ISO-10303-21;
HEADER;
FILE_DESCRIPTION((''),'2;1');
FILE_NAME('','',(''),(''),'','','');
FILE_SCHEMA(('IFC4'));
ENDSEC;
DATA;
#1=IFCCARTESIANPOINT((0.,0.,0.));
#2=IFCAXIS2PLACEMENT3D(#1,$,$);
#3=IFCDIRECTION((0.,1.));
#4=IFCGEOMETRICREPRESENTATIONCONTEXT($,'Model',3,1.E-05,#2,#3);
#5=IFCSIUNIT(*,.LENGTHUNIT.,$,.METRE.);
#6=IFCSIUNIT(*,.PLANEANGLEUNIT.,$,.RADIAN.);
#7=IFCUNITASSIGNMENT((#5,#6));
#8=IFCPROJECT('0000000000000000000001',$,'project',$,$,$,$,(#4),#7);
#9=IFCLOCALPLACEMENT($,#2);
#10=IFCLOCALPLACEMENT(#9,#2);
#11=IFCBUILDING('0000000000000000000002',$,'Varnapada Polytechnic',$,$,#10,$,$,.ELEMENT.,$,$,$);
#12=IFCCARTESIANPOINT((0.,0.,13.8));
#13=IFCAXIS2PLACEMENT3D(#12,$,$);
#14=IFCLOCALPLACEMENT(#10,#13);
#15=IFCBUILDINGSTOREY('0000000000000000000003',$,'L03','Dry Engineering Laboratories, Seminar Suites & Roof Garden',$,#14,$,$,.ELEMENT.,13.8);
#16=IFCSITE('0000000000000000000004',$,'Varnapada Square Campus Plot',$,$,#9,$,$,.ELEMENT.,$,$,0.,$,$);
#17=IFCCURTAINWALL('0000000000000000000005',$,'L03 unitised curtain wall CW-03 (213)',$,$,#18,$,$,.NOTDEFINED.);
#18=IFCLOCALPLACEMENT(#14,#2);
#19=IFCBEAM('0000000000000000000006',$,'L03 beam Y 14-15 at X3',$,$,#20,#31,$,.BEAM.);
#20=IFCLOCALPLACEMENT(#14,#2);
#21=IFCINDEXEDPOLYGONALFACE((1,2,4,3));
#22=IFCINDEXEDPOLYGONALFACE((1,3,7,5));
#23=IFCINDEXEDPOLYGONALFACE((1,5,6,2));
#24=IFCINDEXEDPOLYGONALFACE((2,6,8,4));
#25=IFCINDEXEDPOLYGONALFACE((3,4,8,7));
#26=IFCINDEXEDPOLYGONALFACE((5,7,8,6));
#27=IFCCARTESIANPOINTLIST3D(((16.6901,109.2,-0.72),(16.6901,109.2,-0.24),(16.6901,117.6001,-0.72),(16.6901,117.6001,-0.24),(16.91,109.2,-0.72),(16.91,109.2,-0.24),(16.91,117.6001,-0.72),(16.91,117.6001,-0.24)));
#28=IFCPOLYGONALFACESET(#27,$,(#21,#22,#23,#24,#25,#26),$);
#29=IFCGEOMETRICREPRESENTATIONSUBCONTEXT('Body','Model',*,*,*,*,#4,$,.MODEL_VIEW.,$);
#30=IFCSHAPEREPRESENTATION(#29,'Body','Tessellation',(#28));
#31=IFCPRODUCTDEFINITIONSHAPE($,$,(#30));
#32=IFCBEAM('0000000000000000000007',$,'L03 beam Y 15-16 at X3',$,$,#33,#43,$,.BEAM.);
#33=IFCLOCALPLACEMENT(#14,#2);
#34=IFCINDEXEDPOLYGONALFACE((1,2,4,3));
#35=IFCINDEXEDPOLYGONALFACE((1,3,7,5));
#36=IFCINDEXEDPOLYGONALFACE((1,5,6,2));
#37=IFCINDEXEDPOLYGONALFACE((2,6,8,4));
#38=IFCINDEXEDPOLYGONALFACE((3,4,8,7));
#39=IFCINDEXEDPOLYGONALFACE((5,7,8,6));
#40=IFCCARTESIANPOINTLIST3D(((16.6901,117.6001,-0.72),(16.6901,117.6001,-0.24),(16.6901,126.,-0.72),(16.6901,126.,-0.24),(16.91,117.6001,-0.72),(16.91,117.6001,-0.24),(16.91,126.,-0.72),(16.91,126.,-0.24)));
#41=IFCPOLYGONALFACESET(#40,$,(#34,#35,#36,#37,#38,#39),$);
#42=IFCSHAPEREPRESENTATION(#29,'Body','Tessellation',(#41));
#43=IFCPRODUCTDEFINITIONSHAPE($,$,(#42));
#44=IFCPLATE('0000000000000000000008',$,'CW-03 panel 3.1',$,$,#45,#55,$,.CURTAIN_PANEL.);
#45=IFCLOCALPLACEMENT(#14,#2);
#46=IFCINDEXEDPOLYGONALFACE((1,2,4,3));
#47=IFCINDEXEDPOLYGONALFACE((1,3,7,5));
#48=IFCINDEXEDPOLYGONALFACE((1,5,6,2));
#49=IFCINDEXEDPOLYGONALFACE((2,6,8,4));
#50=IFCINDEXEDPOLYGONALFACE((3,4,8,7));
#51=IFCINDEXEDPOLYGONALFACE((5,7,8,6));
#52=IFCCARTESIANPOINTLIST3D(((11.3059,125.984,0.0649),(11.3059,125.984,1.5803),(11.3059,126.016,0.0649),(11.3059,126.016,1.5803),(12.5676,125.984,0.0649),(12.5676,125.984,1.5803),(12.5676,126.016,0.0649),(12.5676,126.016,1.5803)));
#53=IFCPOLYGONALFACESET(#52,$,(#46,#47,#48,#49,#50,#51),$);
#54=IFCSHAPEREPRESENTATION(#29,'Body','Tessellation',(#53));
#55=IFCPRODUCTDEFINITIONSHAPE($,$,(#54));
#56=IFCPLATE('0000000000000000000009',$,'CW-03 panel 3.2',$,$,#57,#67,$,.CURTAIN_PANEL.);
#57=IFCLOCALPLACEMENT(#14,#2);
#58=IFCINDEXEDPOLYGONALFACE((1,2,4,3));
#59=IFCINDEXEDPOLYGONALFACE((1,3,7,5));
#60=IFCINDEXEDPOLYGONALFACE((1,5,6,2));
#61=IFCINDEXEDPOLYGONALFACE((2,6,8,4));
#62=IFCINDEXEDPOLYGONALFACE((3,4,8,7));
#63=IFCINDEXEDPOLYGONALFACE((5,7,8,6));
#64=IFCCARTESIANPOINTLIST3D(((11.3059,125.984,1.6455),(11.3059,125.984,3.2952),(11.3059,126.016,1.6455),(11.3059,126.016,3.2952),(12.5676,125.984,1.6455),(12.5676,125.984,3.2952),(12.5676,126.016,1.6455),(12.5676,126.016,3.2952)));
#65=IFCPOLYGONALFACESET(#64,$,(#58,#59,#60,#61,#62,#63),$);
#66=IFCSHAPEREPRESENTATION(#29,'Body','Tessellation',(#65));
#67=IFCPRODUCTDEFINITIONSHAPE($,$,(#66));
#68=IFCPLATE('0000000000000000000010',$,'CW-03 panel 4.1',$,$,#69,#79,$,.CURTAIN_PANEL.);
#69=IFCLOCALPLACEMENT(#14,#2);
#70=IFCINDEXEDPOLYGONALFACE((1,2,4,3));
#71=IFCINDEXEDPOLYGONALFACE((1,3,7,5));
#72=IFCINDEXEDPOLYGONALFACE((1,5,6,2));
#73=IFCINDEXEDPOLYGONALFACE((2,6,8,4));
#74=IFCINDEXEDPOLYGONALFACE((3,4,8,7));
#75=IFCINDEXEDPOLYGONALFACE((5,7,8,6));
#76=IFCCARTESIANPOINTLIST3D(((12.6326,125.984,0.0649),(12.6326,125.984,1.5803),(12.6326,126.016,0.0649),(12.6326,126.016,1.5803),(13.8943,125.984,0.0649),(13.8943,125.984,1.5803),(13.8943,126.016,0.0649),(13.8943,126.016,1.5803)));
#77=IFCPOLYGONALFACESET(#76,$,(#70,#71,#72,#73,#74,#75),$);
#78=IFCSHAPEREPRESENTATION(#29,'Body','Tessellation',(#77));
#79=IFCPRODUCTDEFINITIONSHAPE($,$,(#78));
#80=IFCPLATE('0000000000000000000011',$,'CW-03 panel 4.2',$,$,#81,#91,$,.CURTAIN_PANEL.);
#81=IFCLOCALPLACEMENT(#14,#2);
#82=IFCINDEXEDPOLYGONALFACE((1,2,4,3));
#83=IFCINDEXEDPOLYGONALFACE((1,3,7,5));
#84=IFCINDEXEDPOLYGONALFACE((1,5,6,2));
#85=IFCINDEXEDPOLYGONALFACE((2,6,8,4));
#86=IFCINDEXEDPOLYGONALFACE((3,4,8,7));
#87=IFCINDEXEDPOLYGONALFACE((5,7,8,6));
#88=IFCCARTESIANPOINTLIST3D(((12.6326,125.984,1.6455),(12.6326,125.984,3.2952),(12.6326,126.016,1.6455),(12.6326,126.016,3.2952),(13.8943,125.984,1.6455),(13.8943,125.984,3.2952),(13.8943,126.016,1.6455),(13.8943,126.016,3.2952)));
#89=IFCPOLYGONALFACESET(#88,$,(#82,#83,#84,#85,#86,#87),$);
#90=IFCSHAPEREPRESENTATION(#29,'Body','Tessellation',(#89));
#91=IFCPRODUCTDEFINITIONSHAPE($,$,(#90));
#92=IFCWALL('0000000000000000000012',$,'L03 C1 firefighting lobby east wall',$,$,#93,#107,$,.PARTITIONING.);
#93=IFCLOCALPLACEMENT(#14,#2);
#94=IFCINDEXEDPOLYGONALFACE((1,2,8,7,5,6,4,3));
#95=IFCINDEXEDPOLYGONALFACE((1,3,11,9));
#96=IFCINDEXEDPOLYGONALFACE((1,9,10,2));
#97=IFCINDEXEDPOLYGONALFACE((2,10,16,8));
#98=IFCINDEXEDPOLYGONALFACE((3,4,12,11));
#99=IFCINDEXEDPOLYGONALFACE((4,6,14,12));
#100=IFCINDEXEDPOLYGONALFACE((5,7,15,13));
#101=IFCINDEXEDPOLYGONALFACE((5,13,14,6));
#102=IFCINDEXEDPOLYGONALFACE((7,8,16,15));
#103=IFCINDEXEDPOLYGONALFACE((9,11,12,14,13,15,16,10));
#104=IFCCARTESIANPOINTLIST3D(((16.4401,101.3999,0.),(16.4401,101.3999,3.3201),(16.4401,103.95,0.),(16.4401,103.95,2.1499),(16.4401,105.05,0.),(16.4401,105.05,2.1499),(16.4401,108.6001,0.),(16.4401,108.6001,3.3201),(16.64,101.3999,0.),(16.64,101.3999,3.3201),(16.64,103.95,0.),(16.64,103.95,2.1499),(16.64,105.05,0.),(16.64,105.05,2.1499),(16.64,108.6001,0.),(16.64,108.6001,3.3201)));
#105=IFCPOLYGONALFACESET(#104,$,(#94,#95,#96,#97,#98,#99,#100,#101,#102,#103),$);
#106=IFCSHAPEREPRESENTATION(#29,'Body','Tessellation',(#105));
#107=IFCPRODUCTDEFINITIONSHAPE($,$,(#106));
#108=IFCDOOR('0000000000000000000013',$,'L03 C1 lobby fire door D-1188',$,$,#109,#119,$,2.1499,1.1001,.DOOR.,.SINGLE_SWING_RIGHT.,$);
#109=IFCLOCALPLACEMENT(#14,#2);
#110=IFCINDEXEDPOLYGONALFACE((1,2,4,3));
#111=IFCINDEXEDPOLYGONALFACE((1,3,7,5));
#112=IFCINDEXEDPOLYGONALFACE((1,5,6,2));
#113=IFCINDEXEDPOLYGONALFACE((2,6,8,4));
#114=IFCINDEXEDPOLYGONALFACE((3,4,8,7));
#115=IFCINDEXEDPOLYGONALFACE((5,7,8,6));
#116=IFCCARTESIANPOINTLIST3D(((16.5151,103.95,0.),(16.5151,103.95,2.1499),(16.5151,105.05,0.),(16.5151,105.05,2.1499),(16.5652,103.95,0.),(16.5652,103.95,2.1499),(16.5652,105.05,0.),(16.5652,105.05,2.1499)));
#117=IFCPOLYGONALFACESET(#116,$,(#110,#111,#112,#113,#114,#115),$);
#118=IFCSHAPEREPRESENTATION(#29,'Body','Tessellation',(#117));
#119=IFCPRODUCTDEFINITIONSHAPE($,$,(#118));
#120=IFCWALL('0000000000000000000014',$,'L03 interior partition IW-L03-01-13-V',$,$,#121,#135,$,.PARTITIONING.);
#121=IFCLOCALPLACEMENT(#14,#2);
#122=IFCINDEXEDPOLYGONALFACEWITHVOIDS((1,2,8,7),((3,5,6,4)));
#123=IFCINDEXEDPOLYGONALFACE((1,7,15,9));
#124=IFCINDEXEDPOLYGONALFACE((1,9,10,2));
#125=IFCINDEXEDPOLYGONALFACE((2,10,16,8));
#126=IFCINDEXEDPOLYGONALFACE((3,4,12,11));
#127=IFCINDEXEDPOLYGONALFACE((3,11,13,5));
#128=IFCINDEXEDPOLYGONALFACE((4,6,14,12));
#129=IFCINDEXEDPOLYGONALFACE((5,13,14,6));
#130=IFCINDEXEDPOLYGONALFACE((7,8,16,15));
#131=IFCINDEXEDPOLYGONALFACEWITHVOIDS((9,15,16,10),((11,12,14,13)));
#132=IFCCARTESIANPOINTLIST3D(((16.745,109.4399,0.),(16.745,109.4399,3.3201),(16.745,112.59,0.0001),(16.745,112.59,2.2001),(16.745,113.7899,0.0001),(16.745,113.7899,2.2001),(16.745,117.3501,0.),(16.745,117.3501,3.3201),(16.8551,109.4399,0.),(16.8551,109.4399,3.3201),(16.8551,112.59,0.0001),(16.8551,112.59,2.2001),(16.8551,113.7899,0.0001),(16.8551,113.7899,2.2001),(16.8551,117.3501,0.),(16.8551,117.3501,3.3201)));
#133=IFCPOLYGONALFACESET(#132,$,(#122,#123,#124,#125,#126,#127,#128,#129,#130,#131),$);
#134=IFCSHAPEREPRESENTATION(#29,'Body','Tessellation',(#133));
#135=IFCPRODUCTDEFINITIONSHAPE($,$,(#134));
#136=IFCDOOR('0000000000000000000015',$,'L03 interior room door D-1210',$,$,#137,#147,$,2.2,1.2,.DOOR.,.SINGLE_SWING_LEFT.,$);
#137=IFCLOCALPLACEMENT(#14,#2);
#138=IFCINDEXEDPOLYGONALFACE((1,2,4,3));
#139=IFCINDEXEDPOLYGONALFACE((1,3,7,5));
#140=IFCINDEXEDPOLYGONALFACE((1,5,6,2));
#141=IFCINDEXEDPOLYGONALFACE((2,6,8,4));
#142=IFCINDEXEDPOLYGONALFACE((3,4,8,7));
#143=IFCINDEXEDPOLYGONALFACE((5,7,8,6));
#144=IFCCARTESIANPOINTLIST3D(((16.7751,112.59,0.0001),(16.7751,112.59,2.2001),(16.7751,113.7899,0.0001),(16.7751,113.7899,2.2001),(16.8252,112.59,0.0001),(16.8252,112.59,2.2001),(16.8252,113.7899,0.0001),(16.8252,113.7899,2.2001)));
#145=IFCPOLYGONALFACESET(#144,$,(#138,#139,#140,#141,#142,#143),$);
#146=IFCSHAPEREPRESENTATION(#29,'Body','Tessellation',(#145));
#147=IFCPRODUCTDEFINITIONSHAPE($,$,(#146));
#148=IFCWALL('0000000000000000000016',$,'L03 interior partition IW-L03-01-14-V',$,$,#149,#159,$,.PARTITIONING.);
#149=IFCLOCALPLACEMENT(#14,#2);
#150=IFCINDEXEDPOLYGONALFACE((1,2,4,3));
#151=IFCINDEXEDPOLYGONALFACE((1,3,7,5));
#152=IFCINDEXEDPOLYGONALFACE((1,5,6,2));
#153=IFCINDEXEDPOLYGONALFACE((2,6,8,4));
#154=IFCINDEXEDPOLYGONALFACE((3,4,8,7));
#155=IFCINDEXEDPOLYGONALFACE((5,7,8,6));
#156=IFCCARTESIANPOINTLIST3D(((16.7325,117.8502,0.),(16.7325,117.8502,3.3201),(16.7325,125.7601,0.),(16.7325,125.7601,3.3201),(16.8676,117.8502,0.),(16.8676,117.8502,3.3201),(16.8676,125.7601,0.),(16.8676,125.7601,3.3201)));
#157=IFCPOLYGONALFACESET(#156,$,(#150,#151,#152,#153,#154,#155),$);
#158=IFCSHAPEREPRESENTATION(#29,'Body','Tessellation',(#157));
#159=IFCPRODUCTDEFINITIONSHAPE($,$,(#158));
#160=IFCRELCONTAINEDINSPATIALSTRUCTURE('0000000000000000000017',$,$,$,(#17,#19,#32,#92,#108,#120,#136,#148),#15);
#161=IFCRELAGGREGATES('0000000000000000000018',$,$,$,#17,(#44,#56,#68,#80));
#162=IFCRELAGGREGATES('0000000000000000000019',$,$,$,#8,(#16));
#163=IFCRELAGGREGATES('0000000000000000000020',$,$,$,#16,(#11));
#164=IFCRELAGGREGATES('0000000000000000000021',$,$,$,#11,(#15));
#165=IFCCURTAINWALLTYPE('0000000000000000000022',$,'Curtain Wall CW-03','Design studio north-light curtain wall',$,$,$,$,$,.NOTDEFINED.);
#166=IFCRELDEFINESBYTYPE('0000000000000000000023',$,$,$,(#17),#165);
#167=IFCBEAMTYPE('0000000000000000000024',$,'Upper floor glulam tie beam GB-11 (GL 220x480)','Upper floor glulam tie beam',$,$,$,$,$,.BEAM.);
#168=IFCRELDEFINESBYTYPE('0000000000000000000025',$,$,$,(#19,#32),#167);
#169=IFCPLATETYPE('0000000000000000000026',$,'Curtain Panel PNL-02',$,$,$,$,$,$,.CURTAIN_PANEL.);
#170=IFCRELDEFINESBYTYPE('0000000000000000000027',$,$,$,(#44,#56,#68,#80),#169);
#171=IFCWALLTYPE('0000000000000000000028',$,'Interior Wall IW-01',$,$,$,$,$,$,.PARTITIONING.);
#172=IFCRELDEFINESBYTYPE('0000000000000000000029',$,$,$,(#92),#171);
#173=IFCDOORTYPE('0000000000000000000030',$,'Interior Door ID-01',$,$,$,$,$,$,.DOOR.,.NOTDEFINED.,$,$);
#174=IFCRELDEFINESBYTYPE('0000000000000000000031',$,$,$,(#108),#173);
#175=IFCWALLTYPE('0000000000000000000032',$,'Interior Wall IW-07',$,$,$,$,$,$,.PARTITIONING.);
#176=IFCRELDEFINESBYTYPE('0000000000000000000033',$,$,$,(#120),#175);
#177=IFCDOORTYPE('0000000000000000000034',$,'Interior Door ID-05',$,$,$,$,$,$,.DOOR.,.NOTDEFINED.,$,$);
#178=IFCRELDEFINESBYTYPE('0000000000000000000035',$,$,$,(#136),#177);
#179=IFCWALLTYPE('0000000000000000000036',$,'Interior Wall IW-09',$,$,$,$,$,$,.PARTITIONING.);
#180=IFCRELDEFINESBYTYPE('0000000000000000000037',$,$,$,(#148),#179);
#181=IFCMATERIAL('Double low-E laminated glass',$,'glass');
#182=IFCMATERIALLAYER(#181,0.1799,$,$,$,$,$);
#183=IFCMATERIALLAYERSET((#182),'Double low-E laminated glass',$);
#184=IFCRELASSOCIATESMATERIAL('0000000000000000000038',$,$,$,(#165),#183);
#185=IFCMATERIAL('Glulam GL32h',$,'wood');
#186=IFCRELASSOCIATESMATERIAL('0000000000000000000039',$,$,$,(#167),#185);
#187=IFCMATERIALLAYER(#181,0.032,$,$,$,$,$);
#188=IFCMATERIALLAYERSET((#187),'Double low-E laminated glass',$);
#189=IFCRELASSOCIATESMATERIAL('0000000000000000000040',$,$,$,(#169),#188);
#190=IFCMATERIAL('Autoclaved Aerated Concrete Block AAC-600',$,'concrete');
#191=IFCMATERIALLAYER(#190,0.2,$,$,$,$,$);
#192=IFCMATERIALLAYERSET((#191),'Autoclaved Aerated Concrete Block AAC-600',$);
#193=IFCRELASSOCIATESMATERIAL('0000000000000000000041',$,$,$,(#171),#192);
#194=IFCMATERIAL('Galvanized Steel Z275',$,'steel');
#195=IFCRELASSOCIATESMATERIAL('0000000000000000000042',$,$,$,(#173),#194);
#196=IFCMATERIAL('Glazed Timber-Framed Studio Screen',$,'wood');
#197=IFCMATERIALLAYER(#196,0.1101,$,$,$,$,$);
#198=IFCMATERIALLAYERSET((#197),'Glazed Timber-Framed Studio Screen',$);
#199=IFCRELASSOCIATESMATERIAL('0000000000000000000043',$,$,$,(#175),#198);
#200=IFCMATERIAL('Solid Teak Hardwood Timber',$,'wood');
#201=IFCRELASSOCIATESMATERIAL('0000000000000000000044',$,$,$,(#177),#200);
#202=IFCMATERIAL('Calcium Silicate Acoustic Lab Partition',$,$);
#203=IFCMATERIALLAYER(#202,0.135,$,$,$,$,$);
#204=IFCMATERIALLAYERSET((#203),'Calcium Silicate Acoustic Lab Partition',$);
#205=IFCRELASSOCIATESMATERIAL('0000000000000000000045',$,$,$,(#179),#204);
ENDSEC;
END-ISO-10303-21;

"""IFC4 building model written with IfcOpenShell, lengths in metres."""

from ifc_helpers import new_model, si_unit, direction, frame, frame_2d, origin, origin_2d, place, context, subcontext, project, spatial, rectangle, extrude, material, layer, layer_set, material_profile, profile_set, type_object, element, fill, aggregate, save


model = new_model("IFC4")

# Units and contexts
model_context = context("Model", 3, precision=1e-05, world=origin(), true_north=direction((0.0, 1.0)))
body_context = subcontext(model_context, "Body", "Model", "MODEL_VIEW")
ifc_project = project(units=[si_unit("LENGTHUNIT", "METRE"), si_unit("PLANEANGLEUNIT", "RADIAN")], contexts=[model_context])

# Site, building, storey
site_placement = place(None, origin())
site = spatial("IfcSite", under=ifc_project, at=site_placement, Name="Varnapada Square Campus Plot", CompositionType="ELEMENT", RefElevation=0.0)
building_placement = place(site_placement, origin())
building = spatial("IfcBuilding", under=site, at=building_placement, Name="Varnapada Polytechnic", CompositionType="ELEMENT")
storey_placement = place(building_placement, frame((0.0, 0.0, 13.8)))
storey = spatial("IfcBuildingStorey", under=building, at=storey_placement, Name="L03", Description="Dry Engineering Laboratories, Seminar Suites & Roof Garden", CompositionType="ELEMENT", Elevation=13.8)

# Shared definitions
ifc_material_1 = material(Name="Glulam GL32h", Category="wood")

# Curtain wall
ifc_material_2 = material(Name="Double low-E laminated glass", Category="glass")
ifc_layer_1 = layer(ifc_material_2, 0.1799)
ifc_layer_set_1 = layer_set([ifc_layer_1], Name="Double low-E laminated glass")
curtain_wall_type = type_object("IfcCurtainWallType", Name="Curtain Wall CW-03", Description="Design studio north-light curtain wall", PredefinedType="NOTDEFINED", material=ifc_layer_set_1)
curtain_wall_placement = place(storey_placement, origin())
curtain_wall = element("IfcCurtainWall", 1, at=curtain_wall_placement, inside=storey, type_object=curtain_wall_type, Name="L03 unitised curtain wall CW-03 (213)", PredefinedType="NOTDEFINED")

# Beams
ifc_material_profile_1 = material_profile(ifc_material_1, rectangle(XDim=0.22, YDim=0.48, at=origin_2d()), Name="GL 220x480")
ifc_profile_set_1 = profile_set([ifc_material_profile_1], Name="Glulam GL32h")
beam_type_1 = type_object("IfcBeamType", Name="Upper floor glulam tie beam GB-11 (GL 220x480)", Description="Upper floor glulam tie beam", PredefinedType="BEAM", material=ifc_profile_set_1)
beam_1_placement = place(storey_placement, frame((16.8, 109.2, -0.48), z_axis=(0.0, 1.0, 0.0), x_axis=(-1.0, 0.0, 0.0)))
element("IfcBeam", 2, at=beam_1_placement, inside=storey, type_object=beam_type_1, Name="L03 beam Y 14-15 at X3", PredefinedType="BEAM", context=body_context, shape_type="SweptSolid", body=[
    extrude(rectangle(XDim=0.22, YDim=0.48, at=origin_2d()), origin(), (0.0, 0.0, 1.0), 8.4001),
])
beam_2_placement = place(storey_placement, frame((16.8, 117.6001, -0.48), z_axis=(0.0, 1.0, 0.0), x_axis=(-1.0, 0.0, 0.0)))
element("IfcBeam", 3, at=beam_2_placement, inside=storey, type_object=beam_type_1, Name="L03 beam Y 15-16 at X3", PredefinedType="BEAM", context=body_context, shape_type="SweptSolid", body=[
    extrude(rectangle(XDim=0.22, YDim=0.48, at=origin_2d()), origin(), (0.0, 0.0, 1.0), 8.3999),
])

# Plates
ifc_layer_2 = layer(ifc_material_2, 0.032)
ifc_layer_set_2 = layer_set([ifc_layer_2], Name="Double low-E laminated glass")
plate_type = type_object("IfcPlateType", Name="Curtain Panel PNL-02", PredefinedType="CURTAIN_PANEL", material=ifc_layer_set_2)
plate_1_placement = place(storey_placement, frame((11.9368, 126.0, 0.0649), z_axis=(0.0, 0.0, 1.0), x_axis=(1.0, 0.0, 0.0)))
plate_1 = element("IfcPlate", 4, at=plate_1_placement, type_object=plate_type, Name="CW-03 panel 3.1", PredefinedType="CURTAIN_PANEL", context=body_context, shape_type="SweptSolid", body=[
    extrude(rectangle(XDim=1.2617, YDim=0.032, at=origin_2d()), origin(), (0.0, 0.0, 1.0), 1.5154),
])
plate_2_placement = place(storey_placement, frame((11.9368, 126.0, 1.6455), z_axis=(0.0, 0.0, 1.0), x_axis=(1.0, 0.0, 0.0)))
plate_2 = element("IfcPlate", 5, at=plate_2_placement, type_object=plate_type, Name="CW-03 panel 3.2", PredefinedType="CURTAIN_PANEL", context=body_context, shape_type="SweptSolid", body=[
    extrude(rectangle(XDim=1.2617, YDim=0.032, at=origin_2d()), origin(), (0.0, 0.0, 1.0), 1.6497),
])
plate_3_placement = place(storey_placement, frame((13.2634, 126.0, 0.0649), z_axis=(0.0, 0.0, 1.0), x_axis=(1.0, 0.0, 0.0)))
plate_3 = element("IfcPlate", 6, at=plate_3_placement, type_object=plate_type, Name="CW-03 panel 4.1", PredefinedType="CURTAIN_PANEL", context=body_context, shape_type="SweptSolid", body=[
    extrude(rectangle(XDim=1.2617, YDim=0.032, at=origin_2d()), origin(), (0.0, 0.0, 1.0), 1.5154),
])
plate_4_placement = place(storey_placement, frame((13.2634, 126.0, 1.6455), z_axis=(0.0, 0.0, 1.0), x_axis=(1.0, 0.0, 0.0)))
plate_4 = element("IfcPlate", 7, at=plate_4_placement, type_object=plate_type, Name="CW-03 panel 4.2", PredefinedType="CURTAIN_PANEL", context=body_context, shape_type="SweptSolid", body=[
    extrude(rectangle(XDim=1.2617, YDim=0.032, at=origin_2d()), origin(), (0.0, 0.0, 1.0), 1.6497),
])
aggregate(curtain_wall, [plate_1, plate_2, plate_3, plate_4])

# Walls, openings, doors
ifc_material_3 = material(Name="Autoclaved Aerated Concrete Block AAC-600", Category="concrete")
ifc_layer_3 = layer(ifc_material_3, 0.2)
ifc_layer_set_3 = layer_set([ifc_layer_3], Name="Autoclaved Aerated Concrete Block AAC-600")
wall_type_1 = type_object("IfcWallType", Name="Interior Wall IW-01", PredefinedType="PARTITIONING", material=ifc_layer_set_3)
wall_1_placement = place(storey_placement, frame((16.54, 108.6001, 0.0), z_axis=(0.0, 0.0, 1.0), x_axis=(0.0, -1.0, 0.0)))
wall_1 = element("IfcWall", 8, at=wall_1_placement, inside=storey, type_object=wall_type_1, Name="L03 C1 firefighting lobby east wall", PredefinedType="PARTITIONING", context=body_context, shape_type="SweptSolid", body=[
    extrude(rectangle(XDim=7.2002, YDim=0.2, at=frame_2d((3.6001, 0.0))), origin(), (0.0, 0.0, 1.0), 3.3201),
])
opening_1_placement = place(wall_1_placement, frame((3.55, 0.0, 0.0)))
opening_1 = element("IfcOpeningElement", 9, at=opening_1_placement, cuts=wall_1, PredefinedType="OPENING", context=body_context, shape_type="SweptSolid", body=[
    extrude(rectangle(XDim=1.1001, YDim=2.1499, at=frame_2d((0.55, 1.075))), frame((0.0, 0.1099, 0.0), z_axis=(0.0, -1.0, 0.0), x_axis=(1.0, 0.0, 0.0)), (0.0, 0.0, 1.0), 0.22),
])
ifc_material_4 = material(Name="Galvanized Steel Z275", Category="steel")
door_type_1 = type_object("IfcDoorType", Name="Interior Door ID-01", OperationType="NOTDEFINED", PredefinedType="DOOR", material=ifc_material_4)
door_1_placement = place(opening_1_placement, frame((1.1001, 0.0, 0.0), z_axis=(0.0, 0.0, 1.0), x_axis=(-1.0, 0.0, 0.0)))
door_1 = element("IfcDoor", 10, at=door_1_placement, inside=storey, type_object=door_type_1, Name="L03 C1 lobby fire door D-1188", OperationType="SINGLE_SWING_RIGHT", OverallHeight=2.1499, OverallWidth=1.1001, PredefinedType="DOOR", context=body_context, shape_type="SweptSolid", body=[
    extrude(rectangle(XDim=1.1001, YDim=2.1499, at=frame_2d((0.55, 1.075))), frame((0.0, 0.0249, 0.0), z_axis=(0.0, -1.0, 0.0), x_axis=(1.0, 0.0, 0.0)), (0.0, 0.0, 1.0), 0.05),
])
fill(opening_1, door_1)
ifc_material_5 = material(Name="Glazed Timber-Framed Studio Screen", Category="wood")
ifc_layer_4 = layer(ifc_material_5, 0.1101)
ifc_layer_set_4 = layer_set([ifc_layer_4], Name="Glazed Timber-Framed Studio Screen")
wall_type_2 = type_object("IfcWallType", Name="Interior Wall IW-07", PredefinedType="PARTITIONING", material=ifc_layer_set_4)
wall_2_placement = place(storey_placement, frame((16.8, 109.4399, 0.0), z_axis=(0.0, 0.0, 1.0), x_axis=(0.0, 1.0, 0.0)))
wall_2 = element("IfcWall", 11, at=wall_2_placement, inside=storey, type_object=wall_type_2, Name="L03 interior partition IW-L03-01-13-V", PredefinedType="PARTITIONING", context=body_context, shape_type="SweptSolid", body=[
    extrude(rectangle(XDim=7.9102, YDim=0.1101, at=frame_2d((3.9551, 0.0))), origin(), (0.0, 0.0, 1.0), 3.3201),
])
opening_2_placement = place(wall_2_placement, frame((3.1499, 0.0, 0.0)))
opening_2 = element("IfcOpeningElement", 12, at=opening_2_placement, cuts=wall_2, PredefinedType="OPENING", context=body_context, shape_type="SweptSolid", body=[
    extrude(rectangle(XDim=1.2, YDim=2.2, at=frame_2d((0.6001, 1.1001))), frame((0.0, 0.0649, 0.0), z_axis=(0.0, -1.0, 0.0), x_axis=(1.0, 0.0, 0.0)), (0.0, 0.0, 1.0), 0.1301),
])
ifc_material_6 = material(Name="Solid Teak Hardwood Timber", Category="wood")
door_type_2 = type_object("IfcDoorType", Name="Interior Door ID-05", OperationType="NOTDEFINED", PredefinedType="DOOR", material=ifc_material_6)
door_2_placement = place(opening_2_placement, origin())
door_2 = element("IfcDoor", 13, at=door_2_placement, inside=storey, type_object=door_type_2, Name="L03 interior room door D-1210", OperationType="SINGLE_SWING_LEFT", OverallHeight=2.2, OverallWidth=1.2, PredefinedType="DOOR", context=body_context, shape_type="SweptSolid", body=[
    extrude(rectangle(XDim=1.2, YDim=2.2, at=frame_2d((0.6001, 1.1001))), frame((0.0, 0.0249, 0.0), z_axis=(0.0, -1.0, 0.0), x_axis=(1.0, 0.0, 0.0)), (0.0, 0.0, 1.0), 0.05),
])
fill(opening_2, door_2)

# Wall
ifc_material_7 = material(Name="Calcium Silicate Acoustic Lab Partition")
ifc_layer_5 = layer(ifc_material_7, 0.135)
ifc_layer_set_5 = layer_set([ifc_layer_5], Name="Calcium Silicate Acoustic Lab Partition")
wall_type_3 = type_object("IfcWallType", Name="Interior Wall IW-09", PredefinedType="PARTITIONING", material=ifc_layer_set_5)
wall_3_placement = place(storey_placement, frame((16.8, 117.8501, 0.0), z_axis=(0.0, 0.0, 1.0), x_axis=(0.0, 1.0, 0.0)))
element("IfcWall", 14, at=wall_3_placement, inside=storey, type_object=wall_type_3, Name="L03 interior partition IW-L03-01-14-V", PredefinedType="PARTITIONING", context=body_context, shape_type="SweptSolid", body=[
    extrude(rectangle(XDim=7.9099, YDim=0.135, at=frame_2d((3.9551, 0.0))), origin(), (0.0, 0.0, 1.0), 3.3201),
])

save(model, "model.ifc")
